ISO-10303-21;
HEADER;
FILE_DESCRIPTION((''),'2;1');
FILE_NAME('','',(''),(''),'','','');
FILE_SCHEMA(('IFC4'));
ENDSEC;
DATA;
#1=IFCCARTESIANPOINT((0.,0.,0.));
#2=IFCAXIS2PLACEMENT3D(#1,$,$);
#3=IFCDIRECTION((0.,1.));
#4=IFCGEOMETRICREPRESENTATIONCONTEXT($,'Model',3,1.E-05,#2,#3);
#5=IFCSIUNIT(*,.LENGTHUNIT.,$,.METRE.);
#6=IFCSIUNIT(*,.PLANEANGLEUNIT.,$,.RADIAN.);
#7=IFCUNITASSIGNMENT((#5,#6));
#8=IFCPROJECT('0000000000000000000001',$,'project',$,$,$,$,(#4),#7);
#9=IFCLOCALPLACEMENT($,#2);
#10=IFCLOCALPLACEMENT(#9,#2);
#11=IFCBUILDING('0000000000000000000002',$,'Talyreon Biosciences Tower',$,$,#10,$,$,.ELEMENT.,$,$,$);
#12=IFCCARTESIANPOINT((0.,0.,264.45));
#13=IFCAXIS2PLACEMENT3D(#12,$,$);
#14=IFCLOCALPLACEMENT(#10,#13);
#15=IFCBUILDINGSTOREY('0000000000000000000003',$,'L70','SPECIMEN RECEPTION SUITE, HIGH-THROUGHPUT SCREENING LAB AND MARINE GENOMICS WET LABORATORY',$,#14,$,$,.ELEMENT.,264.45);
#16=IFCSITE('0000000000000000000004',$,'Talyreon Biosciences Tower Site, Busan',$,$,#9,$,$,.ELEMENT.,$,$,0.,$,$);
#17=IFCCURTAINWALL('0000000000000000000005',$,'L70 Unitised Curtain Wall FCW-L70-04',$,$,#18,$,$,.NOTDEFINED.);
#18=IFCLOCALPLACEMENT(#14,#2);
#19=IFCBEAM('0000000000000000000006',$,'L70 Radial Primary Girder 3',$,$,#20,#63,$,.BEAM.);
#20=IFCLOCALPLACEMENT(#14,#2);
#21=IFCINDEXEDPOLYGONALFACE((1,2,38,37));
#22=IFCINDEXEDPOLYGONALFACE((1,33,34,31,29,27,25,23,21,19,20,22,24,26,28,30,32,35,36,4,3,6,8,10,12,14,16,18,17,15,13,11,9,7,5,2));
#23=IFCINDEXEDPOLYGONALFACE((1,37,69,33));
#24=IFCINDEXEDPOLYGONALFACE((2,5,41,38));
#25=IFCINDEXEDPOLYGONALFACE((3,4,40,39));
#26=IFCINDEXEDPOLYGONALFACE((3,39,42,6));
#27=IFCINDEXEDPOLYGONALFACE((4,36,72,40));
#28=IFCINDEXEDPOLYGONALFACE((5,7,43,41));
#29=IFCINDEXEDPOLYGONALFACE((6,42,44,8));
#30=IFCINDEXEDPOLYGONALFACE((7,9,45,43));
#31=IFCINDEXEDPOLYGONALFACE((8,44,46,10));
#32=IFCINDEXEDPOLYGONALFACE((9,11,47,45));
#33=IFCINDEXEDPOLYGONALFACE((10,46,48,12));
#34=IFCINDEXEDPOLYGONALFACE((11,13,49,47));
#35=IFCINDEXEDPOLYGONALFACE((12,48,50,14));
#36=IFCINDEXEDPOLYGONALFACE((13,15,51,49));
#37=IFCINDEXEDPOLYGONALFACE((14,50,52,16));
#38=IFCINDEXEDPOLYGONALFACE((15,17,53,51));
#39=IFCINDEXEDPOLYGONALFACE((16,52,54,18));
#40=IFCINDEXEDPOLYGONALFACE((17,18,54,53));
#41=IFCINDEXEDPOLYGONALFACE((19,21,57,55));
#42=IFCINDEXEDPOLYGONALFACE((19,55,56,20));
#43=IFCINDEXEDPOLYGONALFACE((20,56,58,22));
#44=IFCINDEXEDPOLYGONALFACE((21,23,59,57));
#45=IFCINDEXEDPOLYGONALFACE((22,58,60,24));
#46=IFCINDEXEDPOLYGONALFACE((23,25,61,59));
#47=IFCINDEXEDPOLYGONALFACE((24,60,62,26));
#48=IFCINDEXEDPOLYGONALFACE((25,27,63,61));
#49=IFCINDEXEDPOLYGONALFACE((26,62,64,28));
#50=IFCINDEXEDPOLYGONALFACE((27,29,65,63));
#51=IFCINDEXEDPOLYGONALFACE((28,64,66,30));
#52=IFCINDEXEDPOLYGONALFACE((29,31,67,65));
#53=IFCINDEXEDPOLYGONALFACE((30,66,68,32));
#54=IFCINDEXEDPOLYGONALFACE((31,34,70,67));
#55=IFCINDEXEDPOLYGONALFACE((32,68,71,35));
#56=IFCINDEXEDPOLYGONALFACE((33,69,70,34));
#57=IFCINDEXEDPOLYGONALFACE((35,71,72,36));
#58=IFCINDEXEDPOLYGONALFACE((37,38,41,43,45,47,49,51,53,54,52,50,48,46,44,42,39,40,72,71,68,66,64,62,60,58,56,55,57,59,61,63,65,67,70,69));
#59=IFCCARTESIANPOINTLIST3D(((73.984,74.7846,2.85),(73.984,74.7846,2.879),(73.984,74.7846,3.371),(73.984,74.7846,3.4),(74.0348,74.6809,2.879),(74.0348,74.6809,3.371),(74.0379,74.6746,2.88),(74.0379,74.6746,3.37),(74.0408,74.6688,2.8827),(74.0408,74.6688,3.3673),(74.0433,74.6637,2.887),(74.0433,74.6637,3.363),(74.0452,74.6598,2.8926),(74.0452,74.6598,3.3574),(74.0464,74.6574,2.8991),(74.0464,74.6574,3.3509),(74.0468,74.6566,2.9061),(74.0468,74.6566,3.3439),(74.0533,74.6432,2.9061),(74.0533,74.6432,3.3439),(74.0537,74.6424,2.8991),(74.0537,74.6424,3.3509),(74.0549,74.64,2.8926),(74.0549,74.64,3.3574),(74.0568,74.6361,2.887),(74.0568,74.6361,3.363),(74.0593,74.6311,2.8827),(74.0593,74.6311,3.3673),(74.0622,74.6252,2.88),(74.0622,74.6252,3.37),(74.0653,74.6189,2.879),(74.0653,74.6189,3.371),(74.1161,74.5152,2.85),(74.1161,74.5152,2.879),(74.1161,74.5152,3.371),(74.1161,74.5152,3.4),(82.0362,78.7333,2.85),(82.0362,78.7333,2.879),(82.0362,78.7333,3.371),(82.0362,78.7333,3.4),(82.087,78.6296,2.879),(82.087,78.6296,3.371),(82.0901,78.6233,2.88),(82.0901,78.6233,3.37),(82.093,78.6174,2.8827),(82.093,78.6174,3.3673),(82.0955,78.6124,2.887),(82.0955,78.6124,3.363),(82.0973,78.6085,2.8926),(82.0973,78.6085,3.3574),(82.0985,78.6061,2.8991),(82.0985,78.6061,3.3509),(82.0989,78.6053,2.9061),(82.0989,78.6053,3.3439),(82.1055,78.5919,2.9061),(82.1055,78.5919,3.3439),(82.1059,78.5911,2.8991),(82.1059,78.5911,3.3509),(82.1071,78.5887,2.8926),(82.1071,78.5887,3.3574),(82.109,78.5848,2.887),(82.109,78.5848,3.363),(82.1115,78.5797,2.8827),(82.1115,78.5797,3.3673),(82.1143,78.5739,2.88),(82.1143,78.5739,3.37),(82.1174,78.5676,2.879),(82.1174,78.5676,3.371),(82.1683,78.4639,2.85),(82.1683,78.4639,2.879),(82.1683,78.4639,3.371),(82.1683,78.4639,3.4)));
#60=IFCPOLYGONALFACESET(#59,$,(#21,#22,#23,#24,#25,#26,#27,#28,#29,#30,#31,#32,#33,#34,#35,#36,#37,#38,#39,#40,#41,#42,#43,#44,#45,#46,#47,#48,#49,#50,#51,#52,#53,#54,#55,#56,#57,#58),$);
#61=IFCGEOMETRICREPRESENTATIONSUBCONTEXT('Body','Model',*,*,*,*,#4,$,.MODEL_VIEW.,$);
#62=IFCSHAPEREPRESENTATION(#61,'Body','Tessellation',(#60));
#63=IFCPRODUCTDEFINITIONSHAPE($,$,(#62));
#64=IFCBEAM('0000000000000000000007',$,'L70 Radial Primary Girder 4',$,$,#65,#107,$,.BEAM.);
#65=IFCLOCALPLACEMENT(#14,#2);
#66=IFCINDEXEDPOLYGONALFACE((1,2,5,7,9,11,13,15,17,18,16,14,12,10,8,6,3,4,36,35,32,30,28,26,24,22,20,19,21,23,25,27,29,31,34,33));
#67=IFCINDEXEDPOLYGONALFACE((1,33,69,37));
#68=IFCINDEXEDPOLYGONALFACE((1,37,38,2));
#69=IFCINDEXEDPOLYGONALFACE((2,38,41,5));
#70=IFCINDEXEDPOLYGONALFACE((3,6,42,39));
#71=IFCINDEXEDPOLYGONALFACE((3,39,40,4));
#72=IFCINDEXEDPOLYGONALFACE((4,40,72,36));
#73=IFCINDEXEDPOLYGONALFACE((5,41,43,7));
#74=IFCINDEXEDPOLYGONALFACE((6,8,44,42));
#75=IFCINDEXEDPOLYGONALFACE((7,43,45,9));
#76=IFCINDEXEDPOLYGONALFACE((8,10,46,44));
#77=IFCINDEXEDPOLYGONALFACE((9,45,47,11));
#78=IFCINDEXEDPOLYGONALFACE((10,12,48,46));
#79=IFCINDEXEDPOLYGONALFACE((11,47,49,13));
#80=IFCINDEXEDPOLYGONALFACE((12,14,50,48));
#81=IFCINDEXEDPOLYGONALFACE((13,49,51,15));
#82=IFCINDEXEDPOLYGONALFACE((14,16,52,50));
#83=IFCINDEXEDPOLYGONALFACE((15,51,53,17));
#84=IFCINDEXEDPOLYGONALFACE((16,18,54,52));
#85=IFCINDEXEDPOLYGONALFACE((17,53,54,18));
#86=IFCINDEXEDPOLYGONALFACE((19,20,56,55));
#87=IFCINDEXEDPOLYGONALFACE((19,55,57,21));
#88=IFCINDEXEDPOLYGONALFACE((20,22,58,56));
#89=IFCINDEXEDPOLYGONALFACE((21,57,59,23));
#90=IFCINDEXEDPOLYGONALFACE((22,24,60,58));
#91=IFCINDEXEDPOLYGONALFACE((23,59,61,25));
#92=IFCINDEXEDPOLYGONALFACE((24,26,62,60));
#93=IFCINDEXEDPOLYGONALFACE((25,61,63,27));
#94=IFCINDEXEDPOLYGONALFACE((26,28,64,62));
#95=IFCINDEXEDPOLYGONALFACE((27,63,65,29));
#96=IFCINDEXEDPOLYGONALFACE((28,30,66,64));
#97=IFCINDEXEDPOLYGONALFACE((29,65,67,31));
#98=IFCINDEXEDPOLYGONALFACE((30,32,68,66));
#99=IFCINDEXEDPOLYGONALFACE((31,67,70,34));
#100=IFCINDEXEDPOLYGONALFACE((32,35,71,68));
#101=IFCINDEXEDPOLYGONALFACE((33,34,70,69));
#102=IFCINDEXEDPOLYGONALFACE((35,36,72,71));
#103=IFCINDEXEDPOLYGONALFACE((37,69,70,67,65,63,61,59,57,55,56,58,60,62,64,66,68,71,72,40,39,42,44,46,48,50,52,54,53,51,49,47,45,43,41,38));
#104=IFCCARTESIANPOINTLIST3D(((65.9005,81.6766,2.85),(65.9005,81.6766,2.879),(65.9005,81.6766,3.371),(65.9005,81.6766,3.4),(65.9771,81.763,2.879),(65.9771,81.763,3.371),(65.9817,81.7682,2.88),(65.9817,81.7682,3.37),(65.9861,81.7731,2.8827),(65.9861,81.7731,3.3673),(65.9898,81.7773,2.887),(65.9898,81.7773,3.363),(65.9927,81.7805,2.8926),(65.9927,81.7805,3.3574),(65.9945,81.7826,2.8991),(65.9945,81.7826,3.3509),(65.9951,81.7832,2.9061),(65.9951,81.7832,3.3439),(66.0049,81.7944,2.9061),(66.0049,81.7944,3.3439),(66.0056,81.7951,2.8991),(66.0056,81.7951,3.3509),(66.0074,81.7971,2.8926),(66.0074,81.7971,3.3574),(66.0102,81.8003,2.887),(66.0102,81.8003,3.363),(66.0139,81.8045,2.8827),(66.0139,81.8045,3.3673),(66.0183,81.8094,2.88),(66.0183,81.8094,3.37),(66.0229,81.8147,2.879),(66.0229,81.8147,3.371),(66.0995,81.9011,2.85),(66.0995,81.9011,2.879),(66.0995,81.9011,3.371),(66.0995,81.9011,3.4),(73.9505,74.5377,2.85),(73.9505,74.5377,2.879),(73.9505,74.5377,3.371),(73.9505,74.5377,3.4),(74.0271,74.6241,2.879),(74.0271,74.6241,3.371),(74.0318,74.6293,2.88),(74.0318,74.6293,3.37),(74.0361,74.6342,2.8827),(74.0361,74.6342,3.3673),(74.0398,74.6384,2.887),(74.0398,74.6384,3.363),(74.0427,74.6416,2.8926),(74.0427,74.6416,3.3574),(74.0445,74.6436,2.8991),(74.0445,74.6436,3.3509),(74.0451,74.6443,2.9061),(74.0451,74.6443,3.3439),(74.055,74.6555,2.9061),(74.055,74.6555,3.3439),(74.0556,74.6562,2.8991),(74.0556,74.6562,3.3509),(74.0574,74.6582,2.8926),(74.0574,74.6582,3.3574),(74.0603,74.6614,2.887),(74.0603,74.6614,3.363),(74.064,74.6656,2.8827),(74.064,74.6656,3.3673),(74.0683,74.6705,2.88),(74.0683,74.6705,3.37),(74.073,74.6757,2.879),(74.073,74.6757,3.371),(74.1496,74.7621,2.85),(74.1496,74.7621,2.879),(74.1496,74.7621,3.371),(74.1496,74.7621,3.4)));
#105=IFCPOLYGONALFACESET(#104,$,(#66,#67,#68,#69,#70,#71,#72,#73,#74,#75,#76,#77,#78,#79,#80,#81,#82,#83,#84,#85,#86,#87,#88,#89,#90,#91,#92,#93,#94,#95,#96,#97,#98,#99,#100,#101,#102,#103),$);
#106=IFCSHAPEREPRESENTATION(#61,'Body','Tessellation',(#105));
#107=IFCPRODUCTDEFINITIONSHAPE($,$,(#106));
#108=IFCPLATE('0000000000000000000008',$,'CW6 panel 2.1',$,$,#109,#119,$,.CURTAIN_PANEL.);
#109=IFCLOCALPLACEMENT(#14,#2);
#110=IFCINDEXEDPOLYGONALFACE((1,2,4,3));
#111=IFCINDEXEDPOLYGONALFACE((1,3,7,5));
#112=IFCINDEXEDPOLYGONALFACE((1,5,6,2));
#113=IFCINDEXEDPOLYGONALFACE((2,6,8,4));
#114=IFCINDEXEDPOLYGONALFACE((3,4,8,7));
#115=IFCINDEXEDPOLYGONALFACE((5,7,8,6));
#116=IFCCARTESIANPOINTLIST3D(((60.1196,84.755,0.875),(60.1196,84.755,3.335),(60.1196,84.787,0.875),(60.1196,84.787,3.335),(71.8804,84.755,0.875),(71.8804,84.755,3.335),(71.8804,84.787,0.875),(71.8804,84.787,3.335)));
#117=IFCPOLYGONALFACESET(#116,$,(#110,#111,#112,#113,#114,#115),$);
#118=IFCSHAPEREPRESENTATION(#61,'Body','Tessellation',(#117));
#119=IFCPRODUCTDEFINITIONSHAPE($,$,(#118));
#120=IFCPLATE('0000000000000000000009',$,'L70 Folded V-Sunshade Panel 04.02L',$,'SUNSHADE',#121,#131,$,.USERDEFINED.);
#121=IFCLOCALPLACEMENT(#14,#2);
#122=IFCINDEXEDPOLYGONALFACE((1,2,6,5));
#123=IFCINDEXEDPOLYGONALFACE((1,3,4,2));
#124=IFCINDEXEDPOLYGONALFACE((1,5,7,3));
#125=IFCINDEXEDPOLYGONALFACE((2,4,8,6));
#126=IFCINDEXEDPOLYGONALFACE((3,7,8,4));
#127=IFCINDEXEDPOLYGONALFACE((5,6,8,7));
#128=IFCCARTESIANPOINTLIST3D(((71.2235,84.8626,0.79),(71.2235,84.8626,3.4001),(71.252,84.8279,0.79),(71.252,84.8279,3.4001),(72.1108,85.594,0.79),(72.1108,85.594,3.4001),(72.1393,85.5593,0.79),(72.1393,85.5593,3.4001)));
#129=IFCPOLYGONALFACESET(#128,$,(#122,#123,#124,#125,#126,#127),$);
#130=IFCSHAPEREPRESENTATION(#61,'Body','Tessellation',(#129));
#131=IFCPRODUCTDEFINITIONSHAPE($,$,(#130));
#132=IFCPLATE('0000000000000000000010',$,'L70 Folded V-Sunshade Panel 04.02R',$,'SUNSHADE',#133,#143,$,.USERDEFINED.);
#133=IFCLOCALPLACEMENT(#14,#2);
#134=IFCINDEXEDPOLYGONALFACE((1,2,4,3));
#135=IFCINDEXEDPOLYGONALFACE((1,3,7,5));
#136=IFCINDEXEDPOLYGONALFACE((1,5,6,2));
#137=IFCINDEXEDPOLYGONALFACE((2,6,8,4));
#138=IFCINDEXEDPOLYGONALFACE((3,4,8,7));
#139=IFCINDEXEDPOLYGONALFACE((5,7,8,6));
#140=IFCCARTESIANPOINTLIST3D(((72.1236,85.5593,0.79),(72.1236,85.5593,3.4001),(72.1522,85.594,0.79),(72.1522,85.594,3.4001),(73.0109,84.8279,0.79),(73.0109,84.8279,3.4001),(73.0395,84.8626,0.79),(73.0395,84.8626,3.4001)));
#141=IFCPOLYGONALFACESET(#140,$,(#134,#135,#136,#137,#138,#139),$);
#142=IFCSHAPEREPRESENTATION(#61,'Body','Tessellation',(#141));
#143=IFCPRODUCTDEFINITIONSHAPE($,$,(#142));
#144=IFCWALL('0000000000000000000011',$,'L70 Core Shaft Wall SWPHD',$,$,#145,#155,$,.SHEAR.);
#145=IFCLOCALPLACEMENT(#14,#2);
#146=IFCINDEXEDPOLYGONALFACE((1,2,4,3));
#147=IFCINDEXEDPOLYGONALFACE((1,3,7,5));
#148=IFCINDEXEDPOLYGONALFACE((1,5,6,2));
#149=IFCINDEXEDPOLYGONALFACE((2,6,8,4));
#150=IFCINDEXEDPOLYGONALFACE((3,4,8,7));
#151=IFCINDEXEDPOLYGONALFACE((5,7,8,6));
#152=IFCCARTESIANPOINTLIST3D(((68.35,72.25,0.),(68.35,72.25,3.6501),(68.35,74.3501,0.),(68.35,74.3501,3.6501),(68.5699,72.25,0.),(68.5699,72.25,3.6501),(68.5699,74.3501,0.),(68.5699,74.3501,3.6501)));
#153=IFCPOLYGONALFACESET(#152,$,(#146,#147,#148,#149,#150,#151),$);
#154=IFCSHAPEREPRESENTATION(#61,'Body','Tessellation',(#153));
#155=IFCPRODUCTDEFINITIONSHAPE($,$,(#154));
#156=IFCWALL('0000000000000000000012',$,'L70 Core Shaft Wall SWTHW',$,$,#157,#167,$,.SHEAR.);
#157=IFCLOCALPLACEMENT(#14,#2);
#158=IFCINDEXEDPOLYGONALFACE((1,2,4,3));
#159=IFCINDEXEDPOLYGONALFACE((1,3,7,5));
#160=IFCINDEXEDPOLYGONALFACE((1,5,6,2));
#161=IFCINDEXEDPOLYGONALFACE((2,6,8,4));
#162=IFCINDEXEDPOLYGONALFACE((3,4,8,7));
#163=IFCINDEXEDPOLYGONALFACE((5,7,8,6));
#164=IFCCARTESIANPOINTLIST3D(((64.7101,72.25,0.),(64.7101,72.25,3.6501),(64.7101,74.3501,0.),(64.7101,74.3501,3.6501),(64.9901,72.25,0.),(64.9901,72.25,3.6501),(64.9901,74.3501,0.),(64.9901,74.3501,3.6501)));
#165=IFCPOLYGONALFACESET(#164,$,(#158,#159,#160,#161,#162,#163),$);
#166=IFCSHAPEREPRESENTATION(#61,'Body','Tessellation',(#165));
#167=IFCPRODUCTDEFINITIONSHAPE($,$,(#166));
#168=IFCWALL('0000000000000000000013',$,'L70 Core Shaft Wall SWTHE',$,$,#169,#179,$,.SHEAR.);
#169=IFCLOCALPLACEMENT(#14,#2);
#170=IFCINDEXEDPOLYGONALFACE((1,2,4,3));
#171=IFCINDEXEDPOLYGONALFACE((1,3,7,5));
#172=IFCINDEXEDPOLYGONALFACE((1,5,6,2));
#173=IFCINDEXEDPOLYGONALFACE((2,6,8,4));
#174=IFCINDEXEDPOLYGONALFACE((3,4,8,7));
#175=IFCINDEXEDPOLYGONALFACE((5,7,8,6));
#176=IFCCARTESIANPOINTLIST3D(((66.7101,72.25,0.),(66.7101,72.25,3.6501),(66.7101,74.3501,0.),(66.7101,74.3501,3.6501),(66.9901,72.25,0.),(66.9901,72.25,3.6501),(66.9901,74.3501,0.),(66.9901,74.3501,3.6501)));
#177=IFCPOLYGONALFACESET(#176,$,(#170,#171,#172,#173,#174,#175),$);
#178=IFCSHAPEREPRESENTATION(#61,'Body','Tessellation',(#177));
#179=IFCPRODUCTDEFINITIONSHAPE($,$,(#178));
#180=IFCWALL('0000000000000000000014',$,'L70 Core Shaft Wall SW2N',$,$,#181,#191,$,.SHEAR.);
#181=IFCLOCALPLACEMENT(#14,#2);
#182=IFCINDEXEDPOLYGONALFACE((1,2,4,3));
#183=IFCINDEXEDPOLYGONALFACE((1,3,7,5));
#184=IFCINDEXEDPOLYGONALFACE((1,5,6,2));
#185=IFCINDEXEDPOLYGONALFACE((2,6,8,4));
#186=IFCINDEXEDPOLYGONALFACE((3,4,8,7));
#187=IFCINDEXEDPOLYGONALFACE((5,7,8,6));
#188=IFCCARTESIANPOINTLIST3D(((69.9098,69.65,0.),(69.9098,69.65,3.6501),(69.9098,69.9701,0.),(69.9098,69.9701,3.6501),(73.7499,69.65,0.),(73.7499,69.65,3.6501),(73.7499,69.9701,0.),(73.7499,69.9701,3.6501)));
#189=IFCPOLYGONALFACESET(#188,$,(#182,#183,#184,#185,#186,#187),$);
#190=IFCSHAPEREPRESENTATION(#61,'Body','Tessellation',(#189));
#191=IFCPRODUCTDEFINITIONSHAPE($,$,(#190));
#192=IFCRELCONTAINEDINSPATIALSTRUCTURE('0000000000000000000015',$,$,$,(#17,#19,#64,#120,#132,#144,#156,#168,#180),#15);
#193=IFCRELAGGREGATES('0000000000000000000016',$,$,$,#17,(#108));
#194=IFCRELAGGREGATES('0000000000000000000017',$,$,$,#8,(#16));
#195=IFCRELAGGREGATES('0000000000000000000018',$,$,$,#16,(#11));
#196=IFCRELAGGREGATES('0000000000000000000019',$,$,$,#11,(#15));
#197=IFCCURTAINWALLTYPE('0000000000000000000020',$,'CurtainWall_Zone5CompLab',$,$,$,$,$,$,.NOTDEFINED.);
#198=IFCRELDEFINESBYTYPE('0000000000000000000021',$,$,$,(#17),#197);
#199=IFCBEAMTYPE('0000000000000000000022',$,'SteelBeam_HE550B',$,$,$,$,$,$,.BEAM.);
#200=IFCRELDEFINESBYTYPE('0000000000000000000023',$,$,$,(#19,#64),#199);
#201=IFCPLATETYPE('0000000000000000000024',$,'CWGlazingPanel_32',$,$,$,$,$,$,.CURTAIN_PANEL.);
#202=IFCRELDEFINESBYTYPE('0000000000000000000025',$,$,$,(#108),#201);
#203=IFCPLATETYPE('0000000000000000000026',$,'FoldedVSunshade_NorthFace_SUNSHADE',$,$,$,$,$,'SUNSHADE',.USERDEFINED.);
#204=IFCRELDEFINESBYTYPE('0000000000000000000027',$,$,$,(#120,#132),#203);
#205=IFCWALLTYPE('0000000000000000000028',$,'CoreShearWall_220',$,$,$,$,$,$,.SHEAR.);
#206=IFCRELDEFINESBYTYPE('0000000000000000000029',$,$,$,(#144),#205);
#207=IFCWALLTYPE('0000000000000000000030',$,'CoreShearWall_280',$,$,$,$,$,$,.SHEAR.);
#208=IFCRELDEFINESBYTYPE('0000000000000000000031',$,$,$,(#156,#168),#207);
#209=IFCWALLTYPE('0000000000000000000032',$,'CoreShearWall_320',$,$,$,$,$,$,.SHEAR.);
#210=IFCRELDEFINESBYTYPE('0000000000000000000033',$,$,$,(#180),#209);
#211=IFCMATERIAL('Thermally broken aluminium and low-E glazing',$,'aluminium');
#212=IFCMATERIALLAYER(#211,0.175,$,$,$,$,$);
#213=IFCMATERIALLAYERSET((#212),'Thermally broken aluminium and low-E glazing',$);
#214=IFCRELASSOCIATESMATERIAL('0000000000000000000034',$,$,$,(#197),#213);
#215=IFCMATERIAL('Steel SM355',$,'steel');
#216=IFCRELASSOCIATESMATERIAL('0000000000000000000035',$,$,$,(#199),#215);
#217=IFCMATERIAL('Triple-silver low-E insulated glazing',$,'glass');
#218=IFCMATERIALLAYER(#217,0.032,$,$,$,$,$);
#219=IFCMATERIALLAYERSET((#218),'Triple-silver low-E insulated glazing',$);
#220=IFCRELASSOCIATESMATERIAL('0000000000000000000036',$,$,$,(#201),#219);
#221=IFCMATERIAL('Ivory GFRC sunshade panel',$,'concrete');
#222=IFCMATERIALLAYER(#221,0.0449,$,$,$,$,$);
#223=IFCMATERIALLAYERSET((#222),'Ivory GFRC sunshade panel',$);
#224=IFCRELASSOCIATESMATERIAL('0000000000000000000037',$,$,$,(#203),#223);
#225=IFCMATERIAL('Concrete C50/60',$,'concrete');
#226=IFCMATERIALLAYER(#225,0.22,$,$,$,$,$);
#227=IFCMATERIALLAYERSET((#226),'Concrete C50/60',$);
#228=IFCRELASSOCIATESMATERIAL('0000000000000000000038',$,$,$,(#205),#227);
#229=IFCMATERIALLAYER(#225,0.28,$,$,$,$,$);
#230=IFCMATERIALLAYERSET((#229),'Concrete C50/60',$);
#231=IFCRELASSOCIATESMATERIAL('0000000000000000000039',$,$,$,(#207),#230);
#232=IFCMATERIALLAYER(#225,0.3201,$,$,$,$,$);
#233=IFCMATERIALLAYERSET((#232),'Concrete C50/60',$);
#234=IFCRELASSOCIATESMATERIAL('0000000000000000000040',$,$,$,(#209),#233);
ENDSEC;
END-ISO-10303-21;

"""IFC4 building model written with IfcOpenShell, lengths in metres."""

from ifc_helpers import new_model, si_unit, direction, frame, frame_2d, origin, origin_2d, place, context, subcontext, project, spatial, rectangle, i_section, extrude, material, layer, layer_set, material_profile, profile_set, type_object, element, aggregate, save


model = new_model("IFC4")

# Units and contexts
model_context = context("Model", 3, precision=1e-05, world=origin(), true_north=direction((0.0, 1.0)))
body_context = subcontext(model_context, "Body", "Model", "MODEL_VIEW")
ifc_project = project(units=[si_unit("LENGTHUNIT", "METRE"), si_unit("PLANEANGLEUNIT", "RADIAN")], contexts=[model_context])

# Site, building, storey
site_placement = place(None, origin())
site = spatial("IfcSite", under=ifc_project, at=site_placement, Name="Talyreon Biosciences Tower Site, Busan", CompositionType="ELEMENT", RefElevation=0.0)
building_placement = place(site_placement, origin())
building = spatial("IfcBuilding", under=site, at=building_placement, Name="Talyreon Biosciences Tower", CompositionType="ELEMENT")
storey_placement = place(building_placement, frame((0.0, 0.0, 264.45)))
storey = spatial("IfcBuildingStorey", under=building, at=storey_placement, Name="L70", Description="SPECIMEN RECEPTION SUITE, HIGH-THROUGHPUT SCREENING LAB AND MARINE GENOMICS WET LABORATORY", CompositionType="ELEMENT", Elevation=264.45)

# Shared definitions
ifc_material_1 = material(Name="Concrete C50/60", Category="concrete")

# Curtain wall
ifc_material_2 = material(Name="Thermally broken aluminium and low-E glazing", Category="aluminium")
ifc_layer_1 = layer(ifc_material_2, 0.175)
ifc_layer_set_1 = layer_set([ifc_layer_1], Name="Thermally broken aluminium and low-E glazing")
curtain_wall_type = type_object("IfcCurtainWallType", Name="CurtainWall_Zone5CompLab", PredefinedType="NOTDEFINED", material=ifc_layer_set_1)
curtain_wall_placement = place(storey_placement, origin())
curtain_wall = element("IfcCurtainWall", 1, at=curtain_wall_placement, inside=storey, type_object=curtain_wall_type, Name="L70 Unitised Curtain Wall FCW-L70-04", PredefinedType="NOTDEFINED")

# Beams
ifc_material_3 = material(Name="Steel SM355", Category="steel")
ifc_material_profile_1 = material_profile(ifc_material_3, i_section(OverallWidth=0.3, OverallDepth=0.55, WebThickness=0.0149, FlangeThickness=0.0291, FilletRadius=0.0271, at=origin_2d()), Name="HE550B")
ifc_profile_set_1 = profile_set([ifc_material_profile_1], Name="Steel SM355")
beam_type_1 = type_object("IfcBeamType", Name="SteelBeam_HE550B", PredefinedType="BEAM", material=ifc_profile_set_1)
beam_1_placement = place(storey_placement, frame((74.05, 74.6499, 3.125), z_axis=(0.897852, 0.440297, 0.0), x_axis=(-0.440297, 0.897852, 0.0)))
element("IfcBeam", 2, at=beam_1_placement, inside=storey, type_object=beam_type_1, Name="L70 Radial Primary Girder 3", PredefinedType="BEAM", context=body_context, shape_type="SweptSolid", body=[
    extrude(i_section(OverallWidth=0.3, OverallDepth=0.55, WebThickness=0.0149, FlangeThickness=0.0291, FilletRadius=0.0271, at=origin_2d()), origin(), (0.0, 0.0, 1.0), 8.9683),
])
beam_2_placement = place(storey_placement, frame((74.05, 74.6499, 3.125), z_axis=(-0.748179, 0.663497, 0.0), x_axis=(-0.663497, -0.748179, 0.0)))
element("IfcBeam", 3, at=beam_2_placement, inside=storey, type_object=beam_type_1, Name="L70 Radial Primary Girder 4", PredefinedType="BEAM", context=body_context, shape_type="SweptSolid", body=[
    extrude(i_section(OverallWidth=0.3, OverallDepth=0.55, WebThickness=0.0149, FlangeThickness=0.0291, FilletRadius=0.0271, at=origin_2d()), origin(), (0.0, 0.0, 1.0), 10.7595),
])

# Plate
ifc_material_4 = material(Name="Triple-silver low-E insulated glazing", Category="glass")
ifc_layer_2 = layer(ifc_material_4, 0.032)
ifc_layer_set_2 = layer_set([ifc_layer_2], Name="Triple-silver low-E insulated glazing")
plate_type_1 = type_object("IfcPlateType", Name="CWGlazingPanel_32", PredefinedType="CURTAIN_PANEL", material=ifc_layer_set_2)
plate_placement = place(storey_placement, frame((66.0, 84.771, 0.875), z_axis=(0.0, 0.0, 1.0), x_axis=(1.0, 0.0, 0.0)))
plate = element("IfcPlate", 4, at=plate_placement, type_object=plate_type_1, Name="CW6 panel 2.1", PredefinedType="CURTAIN_PANEL", context=body_context, shape_type="SweptSolid", body=[
    extrude(rectangle(XDim=11.7607, YDim=0.032, at=origin_2d()), origin(), (0.0, 0.0, 1.0), 2.46),
])
aggregate(curtain_wall, [plate])

# Plates
ifc_material_5 = material(Name="Ivory GFRC sunshade panel", Category="concrete")
ifc_layer_3 = layer(ifc_material_5, 0.0449)
ifc_layer_set_3 = layer_set([ifc_layer_3], Name="Ivory GFRC sunshade panel")
plate_type_2 = type_object("IfcPlateType", Name="FoldedVSunshade_NorthFace_SUNSHADE", ElementType="SUNSHADE", PredefinedType="USERDEFINED", material=ifc_layer_set_3)
for number, where, z_axis, x_axis, name in (
    (5, (71.6814, 85.2109, 0.79), (0.0, 0.0, 1.0), (0.771625, 0.636078, 0.0), "L70 Folded V-Sunshade Panel 04.02L"),
    (6, (72.5815, 85.2109, 0.79), (0.0, 0.0, 1.0), (0.771625, -0.636078, 0.0), "L70 Folded V-Sunshade Panel 04.02R"),
):
    element("IfcPlate", number, at=place(storey_placement, frame(where, z_axis=z_axis, x_axis=x_axis)), inside=storey, type_object=plate_type_2, Name=name, ObjectType="SUNSHADE", PredefinedType="USERDEFINED", context=body_context, shape_type="SweptSolid", body=[
        extrude(rectangle(XDim=1.1499, YDim=0.0449, at=origin_2d()), origin(), (0.0, 0.0, 1.0), 2.6101),
    ])

# Walls
ifc_layer_4 = layer(ifc_material_1, 0.22)
ifc_layer_set_4 = layer_set([ifc_layer_4], Name="Concrete C50/60")
wall_type_1 = type_object("IfcWallType", Name="CoreShearWall_220", PredefinedType="SHEAR", material=ifc_layer_set_4)
wall_1_placement = place(storey_placement, frame((68.46, 72.25, 0.0), z_axis=(0.0, 0.0, 1.0), x_axis=(0.0, 1.0, 0.0)))
element("IfcWall", 7, at=wall_1_placement, inside=storey, type_object=wall_type_1, Name="L70 Core Shaft Wall SWPHD", PredefinedType="SHEAR", context=body_context, shape_type="SweptSolid", body=[
    extrude(rectangle(XDim=2.1001, YDim=0.22, at=frame_2d((1.05, 0.0))), origin(), (0.0, 0.0, 1.0), 3.6501),
])
ifc_layer_5 = layer(ifc_material_1, 0.28)
ifc_layer_set_5 = layer_set([ifc_layer_5], Name="Concrete C50/60")
wall_type_2 = type_object("IfcWallType", Name="CoreShearWall_280", PredefinedType="SHEAR", material=ifc_layer_set_5)
for number, where, z_axis, x_axis, name in (
    (8, (64.8501, 72.25, 0.0), (0.0, 0.0, 1.0), (0.0, 1.0, 0.0), "L70 Core Shaft Wall SWTHW"),
    (9, (66.8501, 72.25, 0.0), (0.0, 0.0, 1.0), (0.0, 1.0, 0.0), "L70 Core Shaft Wall SWTHE"),
):
    element("IfcWall", number, at=place(storey_placement, frame(where, z_axis=z_axis, x_axis=x_axis)), inside=storey, type_object=wall_type_2, Name=name, PredefinedType="SHEAR", context=body_context, shape_type="SweptSolid", body=[
        extrude(rectangle(XDim=2.1001, YDim=0.28, at=frame_2d((1.05, 0.0))), origin(), (0.0, 0.0, 1.0), 3.6501),
    ])
ifc_layer_6 = layer(ifc_material_1, 0.3201)
ifc_layer_set_6 = layer_set([ifc_layer_6], Name="Concrete C50/60")
wall_type_3 = type_object("IfcWallType", Name="CoreShearWall_320", PredefinedType="SHEAR", material=ifc_layer_set_6)
wall_2_placement = place(storey_placement, frame((69.9099, 69.8101, 0.0), z_axis=(0.0, 0.0, 1.0), x_axis=(1.0, 0.0, 0.0)))
element("IfcWall", 10, at=wall_2_placement, inside=storey, type_object=wall_type_3, Name="L70 Core Shaft Wall SW2N", PredefinedType="SHEAR", context=body_context, shape_type="SweptSolid", body=[
    extrude(rectangle(XDim=3.8401, YDim=0.3201, at=frame_2d((1.9199, 0.0))), origin(), (0.0, 0.0, 1.0), 3.6501),
])

save(model, "model.ifc")
